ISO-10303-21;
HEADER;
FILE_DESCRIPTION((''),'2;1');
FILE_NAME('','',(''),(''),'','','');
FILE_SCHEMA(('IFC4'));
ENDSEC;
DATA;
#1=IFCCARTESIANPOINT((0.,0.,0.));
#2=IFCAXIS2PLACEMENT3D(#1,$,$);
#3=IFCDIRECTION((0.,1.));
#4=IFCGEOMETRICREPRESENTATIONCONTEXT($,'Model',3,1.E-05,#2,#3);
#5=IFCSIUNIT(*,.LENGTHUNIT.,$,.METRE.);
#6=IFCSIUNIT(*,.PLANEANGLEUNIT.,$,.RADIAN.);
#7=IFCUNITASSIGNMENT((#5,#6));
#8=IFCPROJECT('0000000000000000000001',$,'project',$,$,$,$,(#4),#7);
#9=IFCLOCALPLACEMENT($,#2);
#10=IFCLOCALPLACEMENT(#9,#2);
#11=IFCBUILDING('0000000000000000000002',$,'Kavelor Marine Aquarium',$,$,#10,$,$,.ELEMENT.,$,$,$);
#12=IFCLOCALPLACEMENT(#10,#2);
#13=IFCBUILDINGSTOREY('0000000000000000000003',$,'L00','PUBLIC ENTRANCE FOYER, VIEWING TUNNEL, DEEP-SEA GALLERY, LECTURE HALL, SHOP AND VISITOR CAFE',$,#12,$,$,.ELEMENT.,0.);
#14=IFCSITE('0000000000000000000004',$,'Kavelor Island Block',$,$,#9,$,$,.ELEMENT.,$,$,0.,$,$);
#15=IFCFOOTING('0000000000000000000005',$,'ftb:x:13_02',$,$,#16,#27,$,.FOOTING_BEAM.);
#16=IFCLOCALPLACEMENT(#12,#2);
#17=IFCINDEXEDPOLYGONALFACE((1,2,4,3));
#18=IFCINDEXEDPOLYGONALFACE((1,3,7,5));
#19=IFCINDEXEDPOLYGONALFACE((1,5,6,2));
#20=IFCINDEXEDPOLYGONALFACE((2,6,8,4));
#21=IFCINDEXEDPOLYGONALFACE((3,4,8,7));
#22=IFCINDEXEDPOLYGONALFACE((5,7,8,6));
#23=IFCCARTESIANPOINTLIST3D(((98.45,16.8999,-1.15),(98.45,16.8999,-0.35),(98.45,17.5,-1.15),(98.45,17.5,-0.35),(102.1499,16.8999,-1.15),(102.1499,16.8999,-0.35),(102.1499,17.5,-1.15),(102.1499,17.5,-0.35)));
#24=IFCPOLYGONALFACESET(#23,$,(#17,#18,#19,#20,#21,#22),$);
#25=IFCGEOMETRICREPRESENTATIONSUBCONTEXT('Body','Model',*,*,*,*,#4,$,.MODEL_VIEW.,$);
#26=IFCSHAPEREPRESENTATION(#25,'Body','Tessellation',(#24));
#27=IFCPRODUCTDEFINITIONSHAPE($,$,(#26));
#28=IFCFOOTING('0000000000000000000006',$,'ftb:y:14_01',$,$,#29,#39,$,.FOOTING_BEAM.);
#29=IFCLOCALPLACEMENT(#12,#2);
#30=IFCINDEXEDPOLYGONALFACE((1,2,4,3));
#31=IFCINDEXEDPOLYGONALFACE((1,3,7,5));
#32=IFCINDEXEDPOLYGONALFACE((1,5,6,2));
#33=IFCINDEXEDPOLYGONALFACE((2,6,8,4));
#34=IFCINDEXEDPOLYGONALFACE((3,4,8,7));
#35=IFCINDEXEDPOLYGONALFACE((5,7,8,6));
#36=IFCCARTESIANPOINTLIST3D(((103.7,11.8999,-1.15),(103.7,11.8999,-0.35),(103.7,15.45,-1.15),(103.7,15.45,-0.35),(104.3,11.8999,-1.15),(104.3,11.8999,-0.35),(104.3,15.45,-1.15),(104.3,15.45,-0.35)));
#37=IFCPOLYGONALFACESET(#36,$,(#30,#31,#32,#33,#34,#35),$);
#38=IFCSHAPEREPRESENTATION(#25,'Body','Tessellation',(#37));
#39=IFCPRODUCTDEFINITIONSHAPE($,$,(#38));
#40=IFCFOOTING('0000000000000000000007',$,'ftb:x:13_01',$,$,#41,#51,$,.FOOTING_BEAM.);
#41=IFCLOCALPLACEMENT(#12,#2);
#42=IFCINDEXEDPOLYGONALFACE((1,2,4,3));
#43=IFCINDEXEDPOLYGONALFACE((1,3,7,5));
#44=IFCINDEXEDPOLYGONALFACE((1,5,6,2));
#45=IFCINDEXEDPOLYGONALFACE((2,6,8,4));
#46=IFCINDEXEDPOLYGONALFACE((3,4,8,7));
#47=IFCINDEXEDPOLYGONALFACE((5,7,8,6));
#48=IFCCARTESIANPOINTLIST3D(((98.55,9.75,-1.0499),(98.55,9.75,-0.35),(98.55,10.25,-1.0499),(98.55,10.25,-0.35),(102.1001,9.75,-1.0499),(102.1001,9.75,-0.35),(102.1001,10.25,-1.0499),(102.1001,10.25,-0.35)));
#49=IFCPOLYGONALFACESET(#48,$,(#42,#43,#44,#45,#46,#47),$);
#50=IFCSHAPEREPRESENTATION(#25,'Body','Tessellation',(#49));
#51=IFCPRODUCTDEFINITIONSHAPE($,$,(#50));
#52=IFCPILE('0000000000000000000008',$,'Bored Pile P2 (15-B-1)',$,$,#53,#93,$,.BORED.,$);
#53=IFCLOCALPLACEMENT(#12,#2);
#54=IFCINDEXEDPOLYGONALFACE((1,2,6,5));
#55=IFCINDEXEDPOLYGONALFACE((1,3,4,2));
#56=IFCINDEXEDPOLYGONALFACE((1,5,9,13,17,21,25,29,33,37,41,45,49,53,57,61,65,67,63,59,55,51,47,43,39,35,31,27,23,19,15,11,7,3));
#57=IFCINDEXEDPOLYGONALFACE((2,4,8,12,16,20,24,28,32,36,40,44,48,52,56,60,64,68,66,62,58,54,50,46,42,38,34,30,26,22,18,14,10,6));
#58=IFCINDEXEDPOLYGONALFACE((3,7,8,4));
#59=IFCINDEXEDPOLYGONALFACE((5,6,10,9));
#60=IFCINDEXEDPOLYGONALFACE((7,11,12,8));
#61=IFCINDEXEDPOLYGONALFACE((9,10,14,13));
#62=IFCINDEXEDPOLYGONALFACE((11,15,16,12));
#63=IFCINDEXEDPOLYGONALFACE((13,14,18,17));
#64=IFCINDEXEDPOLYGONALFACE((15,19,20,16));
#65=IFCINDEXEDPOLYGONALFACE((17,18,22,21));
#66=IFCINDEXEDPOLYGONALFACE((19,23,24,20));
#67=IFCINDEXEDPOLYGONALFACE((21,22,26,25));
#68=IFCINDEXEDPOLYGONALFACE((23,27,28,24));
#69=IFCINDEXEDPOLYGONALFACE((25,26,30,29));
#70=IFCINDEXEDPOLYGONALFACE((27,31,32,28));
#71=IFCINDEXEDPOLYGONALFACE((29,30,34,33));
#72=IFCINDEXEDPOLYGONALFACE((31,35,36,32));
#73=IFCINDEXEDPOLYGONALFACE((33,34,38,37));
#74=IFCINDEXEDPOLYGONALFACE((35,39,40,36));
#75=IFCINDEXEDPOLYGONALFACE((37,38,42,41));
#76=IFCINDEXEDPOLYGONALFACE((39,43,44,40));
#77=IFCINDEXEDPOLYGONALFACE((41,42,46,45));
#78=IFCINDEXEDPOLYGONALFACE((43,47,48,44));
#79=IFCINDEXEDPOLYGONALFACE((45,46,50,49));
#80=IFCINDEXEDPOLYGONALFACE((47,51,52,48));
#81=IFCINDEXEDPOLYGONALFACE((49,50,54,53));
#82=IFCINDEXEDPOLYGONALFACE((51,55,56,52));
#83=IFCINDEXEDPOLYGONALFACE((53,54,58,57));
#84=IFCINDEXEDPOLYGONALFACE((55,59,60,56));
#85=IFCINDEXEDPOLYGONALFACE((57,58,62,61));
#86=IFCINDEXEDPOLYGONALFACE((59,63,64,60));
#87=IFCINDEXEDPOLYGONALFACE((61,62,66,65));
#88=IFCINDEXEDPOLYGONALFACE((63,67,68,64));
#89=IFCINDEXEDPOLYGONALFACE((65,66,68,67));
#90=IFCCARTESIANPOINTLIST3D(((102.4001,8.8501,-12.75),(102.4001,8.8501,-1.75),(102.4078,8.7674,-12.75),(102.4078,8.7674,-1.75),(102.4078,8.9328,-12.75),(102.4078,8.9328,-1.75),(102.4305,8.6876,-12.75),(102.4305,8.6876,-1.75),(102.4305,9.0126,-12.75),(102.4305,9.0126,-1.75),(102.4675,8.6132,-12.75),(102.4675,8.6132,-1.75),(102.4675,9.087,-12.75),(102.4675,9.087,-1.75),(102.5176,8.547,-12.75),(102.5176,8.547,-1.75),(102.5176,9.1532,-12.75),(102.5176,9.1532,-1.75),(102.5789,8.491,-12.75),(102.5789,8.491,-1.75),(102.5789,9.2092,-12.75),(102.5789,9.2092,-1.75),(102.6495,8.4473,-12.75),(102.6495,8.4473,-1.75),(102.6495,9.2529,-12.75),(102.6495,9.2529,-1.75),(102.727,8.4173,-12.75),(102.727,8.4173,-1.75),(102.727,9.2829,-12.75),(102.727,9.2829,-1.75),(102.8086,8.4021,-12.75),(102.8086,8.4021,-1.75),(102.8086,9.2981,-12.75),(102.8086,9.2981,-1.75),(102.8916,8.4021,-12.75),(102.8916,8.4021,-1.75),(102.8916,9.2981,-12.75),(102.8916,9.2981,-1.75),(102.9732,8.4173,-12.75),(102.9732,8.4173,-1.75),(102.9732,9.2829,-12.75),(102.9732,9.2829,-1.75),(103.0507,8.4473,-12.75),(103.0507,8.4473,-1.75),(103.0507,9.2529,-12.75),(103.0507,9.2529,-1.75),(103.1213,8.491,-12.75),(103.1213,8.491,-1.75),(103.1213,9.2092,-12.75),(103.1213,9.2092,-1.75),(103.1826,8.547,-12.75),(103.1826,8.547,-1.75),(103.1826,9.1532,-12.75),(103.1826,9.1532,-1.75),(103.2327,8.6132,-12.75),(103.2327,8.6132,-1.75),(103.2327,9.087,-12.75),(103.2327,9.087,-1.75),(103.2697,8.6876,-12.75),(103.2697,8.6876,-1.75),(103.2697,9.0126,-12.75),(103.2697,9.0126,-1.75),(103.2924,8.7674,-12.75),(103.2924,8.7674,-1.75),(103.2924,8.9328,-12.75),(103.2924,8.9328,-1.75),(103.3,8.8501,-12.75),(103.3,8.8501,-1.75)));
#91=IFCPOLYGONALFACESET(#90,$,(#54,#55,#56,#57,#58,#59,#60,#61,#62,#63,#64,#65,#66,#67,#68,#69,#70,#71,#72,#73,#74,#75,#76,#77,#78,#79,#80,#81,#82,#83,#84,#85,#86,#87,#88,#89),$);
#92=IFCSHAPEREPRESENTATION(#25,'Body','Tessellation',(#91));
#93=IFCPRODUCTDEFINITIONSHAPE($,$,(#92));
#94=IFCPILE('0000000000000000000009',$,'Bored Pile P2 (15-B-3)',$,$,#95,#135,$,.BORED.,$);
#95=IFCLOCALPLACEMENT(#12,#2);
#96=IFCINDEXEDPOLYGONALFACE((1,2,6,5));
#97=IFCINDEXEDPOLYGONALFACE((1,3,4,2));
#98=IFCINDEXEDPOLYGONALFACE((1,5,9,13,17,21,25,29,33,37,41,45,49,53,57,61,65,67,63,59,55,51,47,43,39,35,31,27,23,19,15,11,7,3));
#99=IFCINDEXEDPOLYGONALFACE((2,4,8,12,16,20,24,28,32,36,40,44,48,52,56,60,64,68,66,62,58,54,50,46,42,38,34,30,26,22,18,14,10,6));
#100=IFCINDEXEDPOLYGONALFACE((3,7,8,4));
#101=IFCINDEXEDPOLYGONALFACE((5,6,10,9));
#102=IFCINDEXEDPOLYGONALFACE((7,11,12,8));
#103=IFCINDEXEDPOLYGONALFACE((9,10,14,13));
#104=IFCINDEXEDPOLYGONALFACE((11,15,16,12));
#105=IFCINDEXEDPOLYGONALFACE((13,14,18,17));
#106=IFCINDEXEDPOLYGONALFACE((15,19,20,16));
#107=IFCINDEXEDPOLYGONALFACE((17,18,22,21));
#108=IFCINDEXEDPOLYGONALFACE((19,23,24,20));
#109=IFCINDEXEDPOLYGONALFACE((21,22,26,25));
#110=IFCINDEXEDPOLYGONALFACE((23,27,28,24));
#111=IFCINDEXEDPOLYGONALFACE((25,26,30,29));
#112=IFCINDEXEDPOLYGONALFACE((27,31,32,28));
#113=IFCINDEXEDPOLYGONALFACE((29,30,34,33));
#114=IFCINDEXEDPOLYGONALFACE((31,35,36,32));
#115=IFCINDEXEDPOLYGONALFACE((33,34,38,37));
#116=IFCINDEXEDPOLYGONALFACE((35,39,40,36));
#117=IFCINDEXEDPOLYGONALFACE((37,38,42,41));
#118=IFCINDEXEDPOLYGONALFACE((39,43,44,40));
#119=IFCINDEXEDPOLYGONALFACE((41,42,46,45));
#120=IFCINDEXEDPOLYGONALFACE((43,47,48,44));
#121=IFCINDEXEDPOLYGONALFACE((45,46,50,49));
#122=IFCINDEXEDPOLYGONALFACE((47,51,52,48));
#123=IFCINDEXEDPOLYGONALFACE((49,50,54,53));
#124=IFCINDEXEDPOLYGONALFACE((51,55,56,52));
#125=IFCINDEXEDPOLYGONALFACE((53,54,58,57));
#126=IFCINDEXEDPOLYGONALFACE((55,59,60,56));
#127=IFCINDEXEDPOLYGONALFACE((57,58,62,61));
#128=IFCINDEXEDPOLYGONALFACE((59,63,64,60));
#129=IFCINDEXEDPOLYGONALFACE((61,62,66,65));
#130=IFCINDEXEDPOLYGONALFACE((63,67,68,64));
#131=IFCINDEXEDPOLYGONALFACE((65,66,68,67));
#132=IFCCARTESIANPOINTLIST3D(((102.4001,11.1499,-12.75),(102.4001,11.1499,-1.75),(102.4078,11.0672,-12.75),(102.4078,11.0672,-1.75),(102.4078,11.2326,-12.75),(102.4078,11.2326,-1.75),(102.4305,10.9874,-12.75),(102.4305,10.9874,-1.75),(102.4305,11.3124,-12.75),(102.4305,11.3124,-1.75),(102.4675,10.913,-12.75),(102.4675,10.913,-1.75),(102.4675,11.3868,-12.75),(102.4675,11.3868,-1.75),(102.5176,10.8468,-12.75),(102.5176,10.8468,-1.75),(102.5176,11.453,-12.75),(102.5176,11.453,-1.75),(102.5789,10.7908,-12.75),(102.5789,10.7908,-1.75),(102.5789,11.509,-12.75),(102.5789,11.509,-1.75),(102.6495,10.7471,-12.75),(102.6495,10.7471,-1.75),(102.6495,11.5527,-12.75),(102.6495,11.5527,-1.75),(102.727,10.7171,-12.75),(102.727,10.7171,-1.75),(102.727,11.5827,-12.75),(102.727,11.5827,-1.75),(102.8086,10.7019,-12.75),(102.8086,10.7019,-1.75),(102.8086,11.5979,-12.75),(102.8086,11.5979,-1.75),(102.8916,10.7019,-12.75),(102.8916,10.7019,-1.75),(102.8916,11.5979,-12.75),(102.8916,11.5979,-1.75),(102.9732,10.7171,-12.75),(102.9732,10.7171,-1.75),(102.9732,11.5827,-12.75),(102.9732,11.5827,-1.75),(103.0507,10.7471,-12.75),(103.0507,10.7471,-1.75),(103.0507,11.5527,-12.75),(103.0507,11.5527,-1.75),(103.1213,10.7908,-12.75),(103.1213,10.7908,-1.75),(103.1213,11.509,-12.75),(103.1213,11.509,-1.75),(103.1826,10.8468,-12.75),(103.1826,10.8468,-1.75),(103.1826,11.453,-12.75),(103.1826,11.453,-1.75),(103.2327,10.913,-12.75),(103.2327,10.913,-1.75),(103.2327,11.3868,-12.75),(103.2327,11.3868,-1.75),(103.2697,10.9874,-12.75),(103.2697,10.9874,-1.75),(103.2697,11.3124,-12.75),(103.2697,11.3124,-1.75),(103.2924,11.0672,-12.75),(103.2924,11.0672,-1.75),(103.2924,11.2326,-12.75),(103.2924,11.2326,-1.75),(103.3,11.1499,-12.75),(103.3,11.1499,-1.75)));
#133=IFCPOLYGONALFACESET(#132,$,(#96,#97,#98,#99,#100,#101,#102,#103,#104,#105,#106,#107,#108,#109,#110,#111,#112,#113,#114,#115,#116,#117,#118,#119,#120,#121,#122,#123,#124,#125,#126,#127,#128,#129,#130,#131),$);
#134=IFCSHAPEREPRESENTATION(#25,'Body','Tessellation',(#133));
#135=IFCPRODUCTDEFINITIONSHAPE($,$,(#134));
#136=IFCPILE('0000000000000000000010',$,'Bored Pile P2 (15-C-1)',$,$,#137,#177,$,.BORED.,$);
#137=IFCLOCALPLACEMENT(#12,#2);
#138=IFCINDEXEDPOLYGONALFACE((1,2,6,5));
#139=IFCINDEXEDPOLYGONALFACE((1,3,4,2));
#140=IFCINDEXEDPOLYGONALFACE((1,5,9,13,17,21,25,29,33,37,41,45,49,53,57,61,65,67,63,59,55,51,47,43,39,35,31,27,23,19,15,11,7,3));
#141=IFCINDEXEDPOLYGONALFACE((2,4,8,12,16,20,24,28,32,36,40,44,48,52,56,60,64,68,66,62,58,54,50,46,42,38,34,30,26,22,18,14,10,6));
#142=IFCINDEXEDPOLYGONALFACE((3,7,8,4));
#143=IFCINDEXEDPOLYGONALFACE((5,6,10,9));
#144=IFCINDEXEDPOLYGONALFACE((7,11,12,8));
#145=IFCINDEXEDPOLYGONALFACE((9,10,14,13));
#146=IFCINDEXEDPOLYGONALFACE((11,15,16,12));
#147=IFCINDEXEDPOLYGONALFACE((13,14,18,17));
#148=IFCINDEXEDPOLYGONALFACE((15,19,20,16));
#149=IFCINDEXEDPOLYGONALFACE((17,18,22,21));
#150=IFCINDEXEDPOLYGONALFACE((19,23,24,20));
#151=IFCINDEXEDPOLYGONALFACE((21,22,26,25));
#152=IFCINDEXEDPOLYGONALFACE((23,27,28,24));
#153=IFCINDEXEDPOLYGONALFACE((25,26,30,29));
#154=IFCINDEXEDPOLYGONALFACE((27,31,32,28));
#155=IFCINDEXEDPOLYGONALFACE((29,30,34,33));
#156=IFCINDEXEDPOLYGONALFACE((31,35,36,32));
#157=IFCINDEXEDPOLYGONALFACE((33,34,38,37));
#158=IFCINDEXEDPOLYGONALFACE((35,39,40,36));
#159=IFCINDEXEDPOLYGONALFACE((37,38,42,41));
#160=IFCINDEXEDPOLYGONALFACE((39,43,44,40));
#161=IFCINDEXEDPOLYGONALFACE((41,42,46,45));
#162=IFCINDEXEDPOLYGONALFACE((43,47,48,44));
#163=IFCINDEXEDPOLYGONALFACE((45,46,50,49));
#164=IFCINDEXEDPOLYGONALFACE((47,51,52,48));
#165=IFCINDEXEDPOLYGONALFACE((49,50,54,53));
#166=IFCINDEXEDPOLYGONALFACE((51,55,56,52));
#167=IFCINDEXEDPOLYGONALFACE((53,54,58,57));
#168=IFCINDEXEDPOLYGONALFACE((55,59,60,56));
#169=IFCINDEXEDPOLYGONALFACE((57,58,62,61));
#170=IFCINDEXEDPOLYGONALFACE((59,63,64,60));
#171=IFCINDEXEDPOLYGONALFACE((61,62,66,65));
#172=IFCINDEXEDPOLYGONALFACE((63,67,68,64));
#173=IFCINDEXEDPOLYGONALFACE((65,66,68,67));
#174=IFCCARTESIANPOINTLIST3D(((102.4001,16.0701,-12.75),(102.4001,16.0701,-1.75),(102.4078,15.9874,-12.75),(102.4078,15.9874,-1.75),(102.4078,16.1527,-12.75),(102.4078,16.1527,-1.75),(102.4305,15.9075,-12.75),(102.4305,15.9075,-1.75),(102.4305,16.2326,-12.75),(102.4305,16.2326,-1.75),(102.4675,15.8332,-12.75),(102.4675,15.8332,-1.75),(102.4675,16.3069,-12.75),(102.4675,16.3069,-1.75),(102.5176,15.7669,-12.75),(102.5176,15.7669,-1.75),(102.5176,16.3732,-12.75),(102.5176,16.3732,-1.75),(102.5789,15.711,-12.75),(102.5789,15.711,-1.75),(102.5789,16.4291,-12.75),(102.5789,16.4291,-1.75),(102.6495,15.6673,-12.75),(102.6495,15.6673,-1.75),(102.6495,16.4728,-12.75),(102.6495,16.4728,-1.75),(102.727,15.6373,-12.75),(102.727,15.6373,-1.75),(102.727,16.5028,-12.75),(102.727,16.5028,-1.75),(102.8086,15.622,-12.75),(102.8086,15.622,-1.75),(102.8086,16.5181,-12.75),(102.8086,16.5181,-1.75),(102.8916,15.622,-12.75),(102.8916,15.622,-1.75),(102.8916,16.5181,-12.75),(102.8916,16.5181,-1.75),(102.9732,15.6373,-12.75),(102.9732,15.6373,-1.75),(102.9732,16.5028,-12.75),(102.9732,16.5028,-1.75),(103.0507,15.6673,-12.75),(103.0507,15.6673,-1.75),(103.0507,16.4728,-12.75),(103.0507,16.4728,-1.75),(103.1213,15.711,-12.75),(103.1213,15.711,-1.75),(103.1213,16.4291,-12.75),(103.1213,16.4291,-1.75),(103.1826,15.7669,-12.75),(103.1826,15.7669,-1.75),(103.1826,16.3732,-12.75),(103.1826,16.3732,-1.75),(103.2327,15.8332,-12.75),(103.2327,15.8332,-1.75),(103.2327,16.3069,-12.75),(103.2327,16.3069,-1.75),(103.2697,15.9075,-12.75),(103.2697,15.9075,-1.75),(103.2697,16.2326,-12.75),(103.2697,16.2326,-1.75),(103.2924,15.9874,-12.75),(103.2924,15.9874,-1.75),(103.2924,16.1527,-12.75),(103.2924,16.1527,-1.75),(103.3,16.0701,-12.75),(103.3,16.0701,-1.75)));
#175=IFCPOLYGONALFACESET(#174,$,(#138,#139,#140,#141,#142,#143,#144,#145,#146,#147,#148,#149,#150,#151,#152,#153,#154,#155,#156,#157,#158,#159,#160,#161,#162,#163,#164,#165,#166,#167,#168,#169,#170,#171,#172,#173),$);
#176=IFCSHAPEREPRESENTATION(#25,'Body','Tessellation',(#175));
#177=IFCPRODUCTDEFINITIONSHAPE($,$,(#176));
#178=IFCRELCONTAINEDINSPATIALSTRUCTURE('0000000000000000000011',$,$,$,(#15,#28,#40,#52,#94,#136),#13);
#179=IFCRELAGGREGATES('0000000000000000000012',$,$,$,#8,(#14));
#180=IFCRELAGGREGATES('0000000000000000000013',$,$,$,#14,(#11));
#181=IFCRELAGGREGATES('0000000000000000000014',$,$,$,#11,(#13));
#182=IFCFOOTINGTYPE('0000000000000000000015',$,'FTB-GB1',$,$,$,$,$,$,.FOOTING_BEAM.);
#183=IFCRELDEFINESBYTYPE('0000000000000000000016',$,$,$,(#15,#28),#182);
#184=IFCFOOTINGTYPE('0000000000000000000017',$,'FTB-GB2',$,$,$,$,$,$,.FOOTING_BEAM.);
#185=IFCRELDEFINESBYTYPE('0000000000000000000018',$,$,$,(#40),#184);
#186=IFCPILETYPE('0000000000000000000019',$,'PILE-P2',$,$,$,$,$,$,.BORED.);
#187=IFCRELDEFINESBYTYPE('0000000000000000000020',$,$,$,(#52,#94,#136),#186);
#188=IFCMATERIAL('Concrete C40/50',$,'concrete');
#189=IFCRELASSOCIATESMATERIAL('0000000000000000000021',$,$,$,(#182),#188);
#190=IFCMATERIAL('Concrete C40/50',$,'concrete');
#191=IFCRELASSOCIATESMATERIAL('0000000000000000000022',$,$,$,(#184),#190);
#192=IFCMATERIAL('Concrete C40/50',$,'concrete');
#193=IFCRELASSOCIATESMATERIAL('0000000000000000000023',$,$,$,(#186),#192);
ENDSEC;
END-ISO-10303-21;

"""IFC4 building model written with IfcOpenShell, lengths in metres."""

from ifc_helpers import new_model, si_unit, direction, frame, origin, origin_2d, place, context, subcontext, project, spatial, rectangle, circle, extrude, material, material_profile, profile_set, type_object, element, save


model = new_model("IFC4")

# Units and contexts
model_context = context("Model", 3, precision=1e-05, world=origin(), true_north=direction((0.0, 1.0)))
body_context = subcontext(model_context, "Body", "Model", "MODEL_VIEW")
ifc_project = project(units=[si_unit("LENGTHUNIT", "METRE"), si_unit("PLANEANGLEUNIT", "RADIAN")], contexts=[model_context])

# Site, building, storey
site_placement = place(None, origin())
site = spatial("IfcSite", under=ifc_project, at=site_placement, Name="Kavelor Island Block", CompositionType="ELEMENT", RefElevation=0.0)
building_placement = place(site_placement, origin())
building = spatial("IfcBuilding", under=site, at=building_placement, Name="Kavelor Marine Aquarium", CompositionType="ELEMENT")
storey_placement = place(building_placement, origin())
storey = spatial("IfcBuildingStorey", under=building, at=storey_placement, Name="L00", Description="PUBLIC ENTRANCE FOYER, VIEWING TUNNEL, DEEP-SEA GALLERY, LECTURE HALL, SHOP AND VISITOR CAFE", CompositionType="ELEMENT", Elevation=0.0)

# Footings
ifc_material_1 = material(Name="Concrete C40/50", Category="concrete")
ifc_material_profile_1 = material_profile(ifc_material_1, rectangle(XDim=0.6001, YDim=0.8, at=origin_2d()), Name="GB 600x800")
ifc_profile_set_1 = profile_set([ifc_material_profile_1], Name="Concrete C40/50")
footing_type_1 = type_object("IfcFootingType", Name="FTB-GB1", PredefinedType="FOOTING_BEAM", material=ifc_profile_set_1)
footing_1_placement = place(storey_placement, frame((98.45, 17.2, -0.75), z_axis=(1.0, 0.0, 0.0), x_axis=(0.0, 1.0, 0.0)))
element("IfcFooting", 1, at=footing_1_placement, inside=storey, type_object=footing_type_1, Name="ftb:x:13_02", PredefinedType="FOOTING_BEAM", context=body_context, shape_type="SweptSolid", body=[
    extrude(rectangle(XDim=0.6001, YDim=0.8, at=origin_2d()), origin(), (0.0, 0.0, 1.0), 3.7),
])
footing_2_placement = place(storey_placement, frame((104.0, 11.8999, -0.75), z_axis=(0.0, 1.0, 0.0), x_axis=(-1.0, 0.0, 0.0)))
element("IfcFooting", 2, at=footing_2_placement, inside=storey, type_object=footing_type_1, Name="ftb:y:14_01", PredefinedType="FOOTING_BEAM", context=body_context, shape_type="SweptSolid", body=[
    extrude(rectangle(XDim=0.6001, YDim=0.8, at=origin_2d()), origin(), (0.0, 0.0, 1.0), 3.55),
])
ifc_material_2 = material(Name="Concrete C40/50", Category="concrete")
ifc_material_profile_2 = material_profile(ifc_material_2, rectangle(XDim=0.5, YDim=0.7, at=origin_2d()), Name="GB 500x700")
ifc_profile_set_2 = profile_set([ifc_material_profile_2], Name="Concrete C40/50")
footing_type_2 = type_object("IfcFootingType", Name="FTB-GB2", PredefinedType="FOOTING_BEAM", material=ifc_profile_set_2)
footing_3_placement = place(storey_placement, frame((98.55, 10.0, -0.7), z_axis=(1.0, 0.0, 0.0), x_axis=(0.0, 1.0, 0.0)))
element("IfcFooting", 3, at=footing_3_placement, inside=storey, type_object=footing_type_2, Name="ftb:x:13_01", PredefinedType="FOOTING_BEAM", context=body_context, shape_type="SweptSolid", body=[
    extrude(rectangle(XDim=0.5, YDim=0.7, at=origin_2d()), origin(), (0.0, 0.0, 1.0), 3.55),
])

# Piles
ifc_material_3 = material(Name="Concrete C40/50", Category="concrete")
ifc_material_profile_3 = material_profile(ifc_material_3, circle(Radius=0.45, at=origin_2d()), Name="PILE D900")
ifc_profile_set_3 = profile_set([ifc_material_profile_3], Name="Concrete C40/50")
pile_type_1 = type_object("IfcPileType", Name="PILE-P2", PredefinedType="BORED", material=ifc_profile_set_3)
for number, where, z_axis, x_axis, name in (
    (4, (102.8501, 8.8501, -1.75), (0.0, 0.0, -1.0), (1.0, 0.0, 0.0), "Bored Pile P2 (15-B-1)"),
    (5, (102.8501, 11.1499, -1.75), (0.0, 0.0, -1.0), (1.0, 0.0, 0.0), "Bored Pile P2 (15-B-3)"),
    (6, (102.8501, 16.0701, -1.75), (0.0, 0.0, -1.0), (1.0, 0.0, 0.0), "Bored Pile P2 (15-C-1)"),
):
    element("IfcPile", number, at=place(storey_placement, frame(where, z_axis=z_axis, x_axis=x_axis)), inside=storey, type_object=pile_type_1, Name=name, PredefinedType="BORED", context=body_context, shape_type="SweptSolid", body=[
        extrude(circle(Radius=0.45, at=origin_2d()), origin(), (0.0, 0.0, 1.0), 11.0),
    ])

save(model, "model.ifc")
